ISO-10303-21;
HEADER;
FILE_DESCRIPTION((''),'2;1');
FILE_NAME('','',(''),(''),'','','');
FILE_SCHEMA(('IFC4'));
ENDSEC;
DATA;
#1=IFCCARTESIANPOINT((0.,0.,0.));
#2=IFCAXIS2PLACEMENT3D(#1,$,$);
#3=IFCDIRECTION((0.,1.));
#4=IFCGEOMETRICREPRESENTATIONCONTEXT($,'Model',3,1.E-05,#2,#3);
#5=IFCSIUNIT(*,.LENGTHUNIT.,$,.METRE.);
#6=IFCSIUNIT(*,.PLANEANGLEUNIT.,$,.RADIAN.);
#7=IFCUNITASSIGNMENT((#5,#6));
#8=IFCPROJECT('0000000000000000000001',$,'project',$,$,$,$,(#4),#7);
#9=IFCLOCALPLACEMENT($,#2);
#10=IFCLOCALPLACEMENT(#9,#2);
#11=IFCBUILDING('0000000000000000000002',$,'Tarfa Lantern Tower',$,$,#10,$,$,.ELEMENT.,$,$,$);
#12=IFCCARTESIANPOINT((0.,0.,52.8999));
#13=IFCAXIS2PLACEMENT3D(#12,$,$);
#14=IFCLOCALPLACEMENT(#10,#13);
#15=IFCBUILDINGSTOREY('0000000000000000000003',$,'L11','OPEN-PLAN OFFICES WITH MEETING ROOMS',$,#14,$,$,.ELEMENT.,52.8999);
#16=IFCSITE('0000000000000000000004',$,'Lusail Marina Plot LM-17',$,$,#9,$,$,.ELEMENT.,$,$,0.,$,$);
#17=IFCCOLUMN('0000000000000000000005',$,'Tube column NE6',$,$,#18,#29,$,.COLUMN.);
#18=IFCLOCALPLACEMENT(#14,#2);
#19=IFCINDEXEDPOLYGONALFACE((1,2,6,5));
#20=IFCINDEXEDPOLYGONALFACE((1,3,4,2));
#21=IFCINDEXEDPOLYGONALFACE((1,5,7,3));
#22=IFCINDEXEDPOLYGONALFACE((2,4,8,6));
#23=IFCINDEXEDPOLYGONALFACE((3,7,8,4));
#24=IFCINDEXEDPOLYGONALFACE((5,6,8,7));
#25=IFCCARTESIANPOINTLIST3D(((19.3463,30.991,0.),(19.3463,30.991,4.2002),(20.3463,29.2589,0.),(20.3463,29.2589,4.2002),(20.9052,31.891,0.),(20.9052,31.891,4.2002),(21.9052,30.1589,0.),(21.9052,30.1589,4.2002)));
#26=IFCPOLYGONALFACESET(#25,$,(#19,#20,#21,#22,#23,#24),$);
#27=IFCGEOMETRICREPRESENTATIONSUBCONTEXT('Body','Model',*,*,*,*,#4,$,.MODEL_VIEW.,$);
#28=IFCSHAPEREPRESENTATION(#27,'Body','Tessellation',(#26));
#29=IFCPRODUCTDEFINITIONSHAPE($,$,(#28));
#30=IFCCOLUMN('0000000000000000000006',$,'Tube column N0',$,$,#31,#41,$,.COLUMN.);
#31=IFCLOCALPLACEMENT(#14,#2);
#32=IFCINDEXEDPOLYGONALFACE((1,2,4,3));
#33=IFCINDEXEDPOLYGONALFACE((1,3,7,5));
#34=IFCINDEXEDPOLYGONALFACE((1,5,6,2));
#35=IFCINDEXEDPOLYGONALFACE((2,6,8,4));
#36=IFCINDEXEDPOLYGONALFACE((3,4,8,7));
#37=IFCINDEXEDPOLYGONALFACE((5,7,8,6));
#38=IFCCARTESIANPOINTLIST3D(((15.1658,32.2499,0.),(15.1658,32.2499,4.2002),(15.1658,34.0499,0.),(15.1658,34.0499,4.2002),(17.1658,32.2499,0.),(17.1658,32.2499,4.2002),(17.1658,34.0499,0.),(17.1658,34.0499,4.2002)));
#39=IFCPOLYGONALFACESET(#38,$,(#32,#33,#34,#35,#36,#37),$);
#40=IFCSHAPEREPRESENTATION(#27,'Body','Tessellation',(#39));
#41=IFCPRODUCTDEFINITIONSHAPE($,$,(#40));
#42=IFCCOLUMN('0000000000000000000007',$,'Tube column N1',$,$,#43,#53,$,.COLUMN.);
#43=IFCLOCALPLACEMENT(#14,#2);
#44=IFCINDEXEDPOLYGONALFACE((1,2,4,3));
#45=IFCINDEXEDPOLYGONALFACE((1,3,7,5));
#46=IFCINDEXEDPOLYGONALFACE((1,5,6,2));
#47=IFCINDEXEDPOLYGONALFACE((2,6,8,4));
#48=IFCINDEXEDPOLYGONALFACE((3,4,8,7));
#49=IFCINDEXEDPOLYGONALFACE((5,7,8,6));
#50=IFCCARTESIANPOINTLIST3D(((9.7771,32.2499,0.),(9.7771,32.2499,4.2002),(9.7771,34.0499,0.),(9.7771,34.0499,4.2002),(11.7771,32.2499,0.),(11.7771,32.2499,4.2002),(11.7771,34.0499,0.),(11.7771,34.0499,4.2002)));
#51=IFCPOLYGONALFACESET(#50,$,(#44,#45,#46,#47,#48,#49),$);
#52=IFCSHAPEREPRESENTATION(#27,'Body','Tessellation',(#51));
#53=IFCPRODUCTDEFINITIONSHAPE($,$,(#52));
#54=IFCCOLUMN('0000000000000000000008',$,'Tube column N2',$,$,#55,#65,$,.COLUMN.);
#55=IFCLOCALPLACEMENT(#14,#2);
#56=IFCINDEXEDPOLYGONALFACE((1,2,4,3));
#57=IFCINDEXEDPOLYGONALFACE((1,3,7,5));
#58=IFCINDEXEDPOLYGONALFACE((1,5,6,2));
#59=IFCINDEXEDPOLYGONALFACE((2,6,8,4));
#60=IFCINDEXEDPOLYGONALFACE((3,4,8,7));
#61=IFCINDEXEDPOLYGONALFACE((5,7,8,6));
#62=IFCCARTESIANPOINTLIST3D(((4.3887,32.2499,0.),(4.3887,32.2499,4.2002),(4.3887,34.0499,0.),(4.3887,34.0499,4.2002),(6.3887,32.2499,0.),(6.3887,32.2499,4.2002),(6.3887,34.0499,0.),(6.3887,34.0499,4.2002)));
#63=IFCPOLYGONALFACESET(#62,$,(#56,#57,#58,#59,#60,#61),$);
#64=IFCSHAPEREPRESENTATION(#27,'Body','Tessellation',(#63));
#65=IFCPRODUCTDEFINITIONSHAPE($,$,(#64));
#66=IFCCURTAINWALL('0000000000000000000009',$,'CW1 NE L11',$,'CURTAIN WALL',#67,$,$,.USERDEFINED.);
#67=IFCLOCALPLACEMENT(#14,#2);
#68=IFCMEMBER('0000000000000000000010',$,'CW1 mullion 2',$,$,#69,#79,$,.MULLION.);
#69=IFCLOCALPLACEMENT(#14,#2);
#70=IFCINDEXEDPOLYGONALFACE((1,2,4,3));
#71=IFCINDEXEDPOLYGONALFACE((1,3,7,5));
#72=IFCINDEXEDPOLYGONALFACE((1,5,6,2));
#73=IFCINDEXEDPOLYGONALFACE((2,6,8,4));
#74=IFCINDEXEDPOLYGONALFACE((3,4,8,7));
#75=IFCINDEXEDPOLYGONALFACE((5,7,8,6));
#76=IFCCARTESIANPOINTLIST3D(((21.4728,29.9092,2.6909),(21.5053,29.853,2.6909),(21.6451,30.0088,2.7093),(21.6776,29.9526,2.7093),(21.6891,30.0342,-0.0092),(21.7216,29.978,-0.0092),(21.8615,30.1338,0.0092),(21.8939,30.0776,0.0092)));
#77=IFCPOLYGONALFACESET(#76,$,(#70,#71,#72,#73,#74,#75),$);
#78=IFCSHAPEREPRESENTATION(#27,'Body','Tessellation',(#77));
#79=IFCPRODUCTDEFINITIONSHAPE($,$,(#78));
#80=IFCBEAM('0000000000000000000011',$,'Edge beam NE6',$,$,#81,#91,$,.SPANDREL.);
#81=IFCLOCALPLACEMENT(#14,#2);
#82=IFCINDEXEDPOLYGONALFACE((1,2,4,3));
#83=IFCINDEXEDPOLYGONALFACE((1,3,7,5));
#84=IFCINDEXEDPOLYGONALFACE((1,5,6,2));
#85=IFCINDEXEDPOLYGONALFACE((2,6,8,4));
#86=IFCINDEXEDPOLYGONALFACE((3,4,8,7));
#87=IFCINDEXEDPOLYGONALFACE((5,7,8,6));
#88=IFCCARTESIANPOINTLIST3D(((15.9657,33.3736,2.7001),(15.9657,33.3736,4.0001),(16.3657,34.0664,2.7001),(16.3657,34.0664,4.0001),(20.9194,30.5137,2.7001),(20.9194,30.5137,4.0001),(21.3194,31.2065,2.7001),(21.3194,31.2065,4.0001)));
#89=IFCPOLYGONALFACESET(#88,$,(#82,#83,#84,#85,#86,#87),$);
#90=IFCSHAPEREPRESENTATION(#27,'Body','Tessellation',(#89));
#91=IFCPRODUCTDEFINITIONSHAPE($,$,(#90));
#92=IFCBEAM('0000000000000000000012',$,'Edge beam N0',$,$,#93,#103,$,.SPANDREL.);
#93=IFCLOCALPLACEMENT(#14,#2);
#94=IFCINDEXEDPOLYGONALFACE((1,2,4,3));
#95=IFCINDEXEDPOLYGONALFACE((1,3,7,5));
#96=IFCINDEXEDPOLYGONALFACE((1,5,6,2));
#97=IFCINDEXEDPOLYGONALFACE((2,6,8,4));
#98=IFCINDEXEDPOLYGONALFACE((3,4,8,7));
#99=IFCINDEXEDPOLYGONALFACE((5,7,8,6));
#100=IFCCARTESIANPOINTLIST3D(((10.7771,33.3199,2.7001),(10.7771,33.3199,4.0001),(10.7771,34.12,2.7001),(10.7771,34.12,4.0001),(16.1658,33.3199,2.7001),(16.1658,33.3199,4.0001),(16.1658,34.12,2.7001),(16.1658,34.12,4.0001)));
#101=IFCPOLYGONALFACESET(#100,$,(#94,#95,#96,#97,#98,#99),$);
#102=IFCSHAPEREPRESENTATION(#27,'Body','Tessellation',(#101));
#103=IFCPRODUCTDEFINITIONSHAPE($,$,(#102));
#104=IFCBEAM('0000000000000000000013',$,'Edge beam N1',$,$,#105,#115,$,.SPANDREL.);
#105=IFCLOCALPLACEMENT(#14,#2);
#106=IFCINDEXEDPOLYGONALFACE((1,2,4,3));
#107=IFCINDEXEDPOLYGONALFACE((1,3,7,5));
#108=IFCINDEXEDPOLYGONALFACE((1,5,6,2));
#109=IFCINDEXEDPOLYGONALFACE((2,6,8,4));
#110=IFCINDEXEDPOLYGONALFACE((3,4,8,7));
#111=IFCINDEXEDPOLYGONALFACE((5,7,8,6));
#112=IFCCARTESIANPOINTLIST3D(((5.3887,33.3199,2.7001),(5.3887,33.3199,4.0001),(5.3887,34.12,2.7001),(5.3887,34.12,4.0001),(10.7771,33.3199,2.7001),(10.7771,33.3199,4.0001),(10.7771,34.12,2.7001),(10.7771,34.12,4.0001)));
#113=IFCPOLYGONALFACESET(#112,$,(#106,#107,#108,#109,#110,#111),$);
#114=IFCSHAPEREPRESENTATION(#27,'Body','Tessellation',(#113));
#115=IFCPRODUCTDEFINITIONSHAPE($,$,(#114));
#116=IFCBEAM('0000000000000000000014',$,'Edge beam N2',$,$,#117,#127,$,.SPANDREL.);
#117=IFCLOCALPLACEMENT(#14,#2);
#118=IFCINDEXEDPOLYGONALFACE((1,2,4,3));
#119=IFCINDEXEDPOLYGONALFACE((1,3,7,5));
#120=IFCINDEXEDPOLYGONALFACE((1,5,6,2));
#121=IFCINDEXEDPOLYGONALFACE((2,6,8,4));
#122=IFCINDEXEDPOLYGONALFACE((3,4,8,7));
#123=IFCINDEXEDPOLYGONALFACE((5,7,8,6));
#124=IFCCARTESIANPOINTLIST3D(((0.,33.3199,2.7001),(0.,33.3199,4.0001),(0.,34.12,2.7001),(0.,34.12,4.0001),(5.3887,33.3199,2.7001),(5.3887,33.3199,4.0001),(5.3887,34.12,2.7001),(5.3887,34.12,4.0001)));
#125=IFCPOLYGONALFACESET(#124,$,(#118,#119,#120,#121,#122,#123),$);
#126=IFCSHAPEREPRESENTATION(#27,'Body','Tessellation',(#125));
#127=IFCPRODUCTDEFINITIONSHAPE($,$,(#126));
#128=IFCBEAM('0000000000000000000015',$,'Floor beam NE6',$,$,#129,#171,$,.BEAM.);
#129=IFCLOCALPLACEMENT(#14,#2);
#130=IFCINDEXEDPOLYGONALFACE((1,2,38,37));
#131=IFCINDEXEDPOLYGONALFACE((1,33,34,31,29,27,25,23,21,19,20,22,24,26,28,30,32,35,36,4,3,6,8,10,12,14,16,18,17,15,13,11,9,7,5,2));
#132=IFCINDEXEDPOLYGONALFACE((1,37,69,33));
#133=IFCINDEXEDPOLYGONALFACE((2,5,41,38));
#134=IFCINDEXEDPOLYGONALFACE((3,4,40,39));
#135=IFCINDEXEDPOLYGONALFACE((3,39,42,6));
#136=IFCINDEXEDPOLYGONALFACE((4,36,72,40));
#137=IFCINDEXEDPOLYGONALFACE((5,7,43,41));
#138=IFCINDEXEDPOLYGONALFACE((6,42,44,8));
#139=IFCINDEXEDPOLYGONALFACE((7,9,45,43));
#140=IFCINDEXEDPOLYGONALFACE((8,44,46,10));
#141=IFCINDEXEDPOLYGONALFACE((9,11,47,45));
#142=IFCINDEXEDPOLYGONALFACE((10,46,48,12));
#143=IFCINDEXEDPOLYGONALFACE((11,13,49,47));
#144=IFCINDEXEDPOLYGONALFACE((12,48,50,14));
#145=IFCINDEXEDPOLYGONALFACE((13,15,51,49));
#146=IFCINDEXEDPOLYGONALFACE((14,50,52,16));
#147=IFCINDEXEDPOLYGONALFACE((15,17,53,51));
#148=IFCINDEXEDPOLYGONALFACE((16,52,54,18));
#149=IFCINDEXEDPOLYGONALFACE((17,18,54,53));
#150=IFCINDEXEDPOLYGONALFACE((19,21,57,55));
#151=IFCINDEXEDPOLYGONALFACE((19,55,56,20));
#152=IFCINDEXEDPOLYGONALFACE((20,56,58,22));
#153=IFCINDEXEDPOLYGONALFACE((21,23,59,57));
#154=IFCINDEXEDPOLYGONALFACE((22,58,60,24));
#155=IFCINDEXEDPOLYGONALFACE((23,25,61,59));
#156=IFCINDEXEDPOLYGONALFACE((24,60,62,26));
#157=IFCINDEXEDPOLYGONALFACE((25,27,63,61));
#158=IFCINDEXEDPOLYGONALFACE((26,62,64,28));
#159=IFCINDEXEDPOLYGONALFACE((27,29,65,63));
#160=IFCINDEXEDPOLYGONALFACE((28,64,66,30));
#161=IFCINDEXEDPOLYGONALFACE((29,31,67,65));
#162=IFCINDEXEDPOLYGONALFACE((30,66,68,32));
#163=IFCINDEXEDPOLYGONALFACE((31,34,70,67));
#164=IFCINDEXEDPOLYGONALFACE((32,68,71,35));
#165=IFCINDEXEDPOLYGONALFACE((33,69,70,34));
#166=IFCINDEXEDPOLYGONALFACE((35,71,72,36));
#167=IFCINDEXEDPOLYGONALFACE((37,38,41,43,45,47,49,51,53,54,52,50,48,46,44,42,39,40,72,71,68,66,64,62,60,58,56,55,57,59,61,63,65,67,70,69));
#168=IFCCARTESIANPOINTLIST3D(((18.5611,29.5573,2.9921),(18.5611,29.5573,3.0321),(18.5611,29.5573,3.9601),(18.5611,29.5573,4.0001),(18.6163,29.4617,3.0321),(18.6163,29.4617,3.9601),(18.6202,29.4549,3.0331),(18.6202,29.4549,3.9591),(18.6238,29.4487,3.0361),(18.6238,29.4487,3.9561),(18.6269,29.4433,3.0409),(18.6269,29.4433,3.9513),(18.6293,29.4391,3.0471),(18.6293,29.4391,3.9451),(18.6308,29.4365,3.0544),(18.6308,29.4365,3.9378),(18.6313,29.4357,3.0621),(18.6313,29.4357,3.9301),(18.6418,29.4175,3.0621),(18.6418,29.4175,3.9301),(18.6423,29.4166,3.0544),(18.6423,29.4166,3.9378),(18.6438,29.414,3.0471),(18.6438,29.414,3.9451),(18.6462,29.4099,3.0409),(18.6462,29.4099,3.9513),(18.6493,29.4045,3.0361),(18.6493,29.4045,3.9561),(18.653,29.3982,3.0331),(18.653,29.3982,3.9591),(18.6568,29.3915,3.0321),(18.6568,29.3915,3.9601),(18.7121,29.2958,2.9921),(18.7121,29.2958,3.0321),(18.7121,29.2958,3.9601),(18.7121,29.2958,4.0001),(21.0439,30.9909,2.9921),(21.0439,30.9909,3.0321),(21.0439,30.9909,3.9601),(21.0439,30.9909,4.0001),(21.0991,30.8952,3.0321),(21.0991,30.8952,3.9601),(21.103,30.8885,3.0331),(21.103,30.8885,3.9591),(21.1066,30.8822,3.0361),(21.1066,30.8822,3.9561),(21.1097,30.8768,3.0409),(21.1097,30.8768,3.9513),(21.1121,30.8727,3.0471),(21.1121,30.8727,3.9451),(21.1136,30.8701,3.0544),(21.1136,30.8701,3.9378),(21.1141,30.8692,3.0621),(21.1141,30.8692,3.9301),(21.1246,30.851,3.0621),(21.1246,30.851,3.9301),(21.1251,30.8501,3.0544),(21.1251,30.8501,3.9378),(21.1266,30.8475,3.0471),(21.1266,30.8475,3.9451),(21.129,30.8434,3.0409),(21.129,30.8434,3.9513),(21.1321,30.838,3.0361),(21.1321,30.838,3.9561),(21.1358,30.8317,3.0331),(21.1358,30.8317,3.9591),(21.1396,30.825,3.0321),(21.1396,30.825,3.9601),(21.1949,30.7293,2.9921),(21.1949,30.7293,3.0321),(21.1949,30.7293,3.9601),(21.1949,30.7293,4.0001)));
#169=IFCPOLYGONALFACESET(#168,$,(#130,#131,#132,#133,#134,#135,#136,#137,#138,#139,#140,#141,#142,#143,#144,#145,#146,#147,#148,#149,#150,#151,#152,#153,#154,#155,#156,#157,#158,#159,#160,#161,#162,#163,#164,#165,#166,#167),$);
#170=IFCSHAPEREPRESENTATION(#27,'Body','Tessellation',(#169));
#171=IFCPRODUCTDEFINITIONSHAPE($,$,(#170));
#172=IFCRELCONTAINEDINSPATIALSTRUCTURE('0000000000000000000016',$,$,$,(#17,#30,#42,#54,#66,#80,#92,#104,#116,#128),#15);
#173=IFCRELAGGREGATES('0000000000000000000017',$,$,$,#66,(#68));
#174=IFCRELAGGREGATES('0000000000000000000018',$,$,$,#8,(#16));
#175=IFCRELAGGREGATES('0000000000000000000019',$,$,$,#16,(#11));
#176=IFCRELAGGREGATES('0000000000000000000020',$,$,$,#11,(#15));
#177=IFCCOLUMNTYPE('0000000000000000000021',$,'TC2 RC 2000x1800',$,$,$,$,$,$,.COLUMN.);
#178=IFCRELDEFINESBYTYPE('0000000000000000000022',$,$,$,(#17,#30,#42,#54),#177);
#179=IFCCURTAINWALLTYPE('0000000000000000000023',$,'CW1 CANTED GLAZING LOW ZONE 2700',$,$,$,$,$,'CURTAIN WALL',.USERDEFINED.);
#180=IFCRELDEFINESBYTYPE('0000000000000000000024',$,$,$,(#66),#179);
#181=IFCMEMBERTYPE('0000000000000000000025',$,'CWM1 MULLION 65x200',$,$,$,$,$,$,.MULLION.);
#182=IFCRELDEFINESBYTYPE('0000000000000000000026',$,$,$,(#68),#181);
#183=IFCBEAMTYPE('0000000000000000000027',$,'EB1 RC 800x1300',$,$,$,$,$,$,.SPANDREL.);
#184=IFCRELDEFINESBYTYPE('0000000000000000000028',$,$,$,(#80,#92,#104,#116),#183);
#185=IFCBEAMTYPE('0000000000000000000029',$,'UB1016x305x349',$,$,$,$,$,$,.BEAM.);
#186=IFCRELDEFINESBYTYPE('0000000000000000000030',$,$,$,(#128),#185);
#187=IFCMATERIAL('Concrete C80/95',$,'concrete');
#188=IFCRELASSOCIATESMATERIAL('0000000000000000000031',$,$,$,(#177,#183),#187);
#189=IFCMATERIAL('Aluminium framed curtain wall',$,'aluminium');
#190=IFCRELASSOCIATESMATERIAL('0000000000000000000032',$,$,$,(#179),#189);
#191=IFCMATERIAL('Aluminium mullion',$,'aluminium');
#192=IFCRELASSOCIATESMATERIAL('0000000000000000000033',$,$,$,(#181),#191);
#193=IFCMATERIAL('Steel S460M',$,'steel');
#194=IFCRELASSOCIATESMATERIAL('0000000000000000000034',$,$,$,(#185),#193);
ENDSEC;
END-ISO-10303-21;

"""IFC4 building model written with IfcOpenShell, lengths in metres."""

from ifc_helpers import new_model, si_unit, direction, frame, origin, origin_2d, place, context, subcontext, project, spatial, rectangle, i_section, extrude, material, material_profile, profile_set, type_object, element, aggregate, save


model = new_model("IFC4")

# Units and contexts
model_context = context("Model", 3, precision=1e-05, world=origin(), true_north=direction((0.0, 1.0)))
body_context = subcontext(model_context, "Body", "Model", "MODEL_VIEW")
ifc_project = project(units=[si_unit("LENGTHUNIT", "METRE"), si_unit("PLANEANGLEUNIT", "RADIAN")], contexts=[model_context])

# Site, building, storey
site_placement = place(None, origin())
site = spatial("IfcSite", under=ifc_project, at=site_placement, Name="Lusail Marina Plot LM-17", CompositionType="ELEMENT", RefElevation=0.0)
building_placement = place(site_placement, origin())
building = spatial("IfcBuilding", under=site, at=building_placement, Name="Tarfa Lantern Tower", CompositionType="ELEMENT")
storey_placement = place(building_placement, frame((0.0, 0.0, 52.8999)))
storey = spatial("IfcBuildingStorey", under=building, at=storey_placement, Name="L11", Description="OPEN-PLAN OFFICES WITH MEETING ROOMS", CompositionType="ELEMENT", Elevation=52.8999)

# Columns
ifc_material_1 = material(Name="Concrete C80/95", Category="concrete")
ifc_material_profile_1 = material_profile(ifc_material_1, rectangle(XDim=2.0, YDim=1.8, at=origin_2d()), Name="RC 2000x1800")
ifc_profile_set_1 = profile_set([ifc_material_profile_1], Name="Concrete C80/95")
column_type = type_object("IfcColumnType", Name="TC2 RC 2000x1800", PredefinedType="COLUMN", material=ifc_profile_set_1)
for number, where, z_axis, x_axis, name in (
    (1, (20.6257, 30.575, 0.0), (0.0, 0.0, 1.0), (-0.5, 0.866025, 0.0), "Tube column NE6"),
    (2, (16.1658, 33.1499, 0.0), (0.0, 0.0, 1.0), (-1.0, 0.0, 0.0), "Tube column N0"),
    (3, (10.7771, 33.1499, 0.0), (0.0, 0.0, 1.0), (-1.0, 0.0, 0.0), "Tube column N1"),
    (4, (5.3887, 33.1499, 0.0), (0.0, 0.0, 1.0), (-1.0, 0.0, 0.0), "Tube column N2"),
):
    element("IfcColumn", number, at=place(storey_placement, frame(where, z_axis=z_axis, x_axis=x_axis)), inside=storey, type_object=column_type, Name=name, PredefinedType="COLUMN", context=body_context, shape_type="SweptSolid", body=[
        extrude(rectangle(XDim=2.0, YDim=1.8, at=origin_2d()), origin(), (0.0, 0.0, 1.0), 4.2002),
    ])

# Curtain wall, member
ifc_material_2 = material(Name="Aluminium framed curtain wall", Category="aluminium")
curtain_wall_type = type_object("IfcCurtainWallType", Name="CW1 CANTED GLAZING LOW ZONE 2700", ElementType="CURTAIN WALL", PredefinedType="USERDEFINED", material=ifc_material_2)
curtain_wall_placement = place(storey_placement, origin())
curtain_wall = element("IfcCurtainWall", 5, at=curtain_wall_placement, inside=storey, type_object=curtain_wall_type, Name="CW1 NE L11", ObjectType="CURTAIN WALL", PredefinedType="USERDEFINED")
ifc_material_3 = material(Name="Aluminium mullion", Category="aluminium")
ifc_material_profile_2 = material_profile(ifc_material_3, rectangle(XDim=0.0649, YDim=0.2, at=origin_2d()), Name="AL MULLION 65x200")
ifc_profile_set_2 = profile_set([ifc_material_profile_2], Name="Aluminium mullion")
member_type = type_object("IfcMemberType", Name="CWM1 MULLION 65x200", PredefinedType="MULLION", material=ifc_profile_set_2)
member_placement = place(storey_placement, frame((21.7915, 30.0559, 0.0), z_axis=(-0.079768, -0.046096, 0.995747), x_axis=(0.500343, -0.865827, 0.0)))
member = element("IfcMember", 6, at=member_placement, type_object=member_type, Name="CW1 mullion 2", PredefinedType="MULLION", context=body_context, shape_type="SweptSolid", body=[
    extrude(rectangle(XDim=0.0649, YDim=0.2, at=origin_2d()), origin(), (0.0, 0.0, 1.0), 2.7117),
])
aggregate(curtain_wall, [member])

# Beams
ifc_material_profile_3 = material_profile(ifc_material_1, rectangle(XDim=0.8, YDim=1.3, at=origin_2d()), Name="RC 800x1300")
ifc_profile_set_3 = profile_set([ifc_material_profile_3], Name="Concrete C80/95")
beam_type_1 = type_object("IfcBeamType", Name="EB1 RC 800x1300", PredefinedType="SPANDREL", material=ifc_profile_set_3)
beam_1_placement = place(storey_placement, frame((21.1194, 30.8601, 3.3501), z_axis=(-0.866033, 0.499986, 0.0), x_axis=(-0.499986, -0.866033, 0.0)))
element("IfcBeam", 7, at=beam_1_placement, inside=storey, type_object=beam_type_1, Name="Edge beam NE6", PredefinedType="SPANDREL", context=body_context, shape_type="SweptSolid", body=[
    extrude(rectangle(XDim=0.8, YDim=1.3, at=origin_2d()), origin(), (0.0, 0.0, 1.0), 5.72),
])
beam_2_placement = place(storey_placement, frame((16.1658, 33.72, 3.3501), z_axis=(-1.0, 0.0, 0.0), x_axis=(0.0, -1.0, 0.0)))
element("IfcBeam", 8, at=beam_2_placement, inside=storey, type_object=beam_type_1, Name="Edge beam N0", PredefinedType="SPANDREL", context=body_context, shape_type="SweptSolid", body=[
    extrude(rectangle(XDim=0.8, YDim=1.3, at=origin_2d()), origin(), (0.0, 0.0, 1.0), 5.3887),
])
beam_3_placement = place(storey_placement, frame((10.7771, 33.72, 3.3501), z_axis=(-1.0, 0.0, 0.0), x_axis=(0.0, -1.0, 0.0)))
element("IfcBeam", 9, at=beam_3_placement, inside=storey, type_object=beam_type_1, Name="Edge beam N1", PredefinedType="SPANDREL", context=body_context, shape_type="SweptSolid", body=[
    extrude(rectangle(XDim=0.8, YDim=1.3, at=origin_2d()), origin(), (0.0, 0.0, 1.0), 5.3884),
])
beam_4_placement = place(storey_placement, frame((5.3887, 33.72, 3.3501), z_axis=(-1.0, 0.0, 0.0), x_axis=(0.0, -1.0, 0.0)))
element("IfcBeam", 10, at=beam_4_placement, inside=storey, type_object=beam_type_1, Name="Edge beam N2", PredefinedType="SPANDREL", context=body_context, shape_type="SweptSolid", body=[
    extrude(rectangle(XDim=0.8, YDim=1.3, at=origin_2d()), origin(), (0.0, 0.0, 1.0), 5.3887),
])
ifc_material_4 = material(Name="Steel S460M", Category="steel")
ifc_material_profile_4 = material_profile(ifc_material_4, i_section(OverallWidth=0.302, OverallDepth=1.0081, WebThickness=0.021, FlangeThickness=0.04, FilletRadius=0.03, at=origin_2d()), Name="UB1016x305x349")
ifc_profile_set_4 = profile_set([ifc_material_profile_4], Name="Steel S460M")
beam_type_2 = type_object("IfcBeamType", Name="UB1016x305x349", PredefinedType="BEAM", material=ifc_profile_set_4)
beam_5_placement = place(storey_placement, frame((21.1194, 30.8601, 3.4961), z_axis=(-0.866013, -0.500022, 0.0), x_axis=(0.500022, -0.866013, 0.0)))
element("IfcBeam", 11, at=beam_5_placement, inside=storey, type_object=beam_type_2, Name="Floor beam NE6", PredefinedType="BEAM", context=body_context, shape_type="SweptSolid", body=[
    extrude(i_section(OverallWidth=0.302, OverallDepth=1.0081, WebThickness=0.021, FlangeThickness=0.04, FilletRadius=0.03, at=origin_2d()), origin(), (0.0, 0.0, 1.0), 2.8669),
])

save(model, "model.ifc")
